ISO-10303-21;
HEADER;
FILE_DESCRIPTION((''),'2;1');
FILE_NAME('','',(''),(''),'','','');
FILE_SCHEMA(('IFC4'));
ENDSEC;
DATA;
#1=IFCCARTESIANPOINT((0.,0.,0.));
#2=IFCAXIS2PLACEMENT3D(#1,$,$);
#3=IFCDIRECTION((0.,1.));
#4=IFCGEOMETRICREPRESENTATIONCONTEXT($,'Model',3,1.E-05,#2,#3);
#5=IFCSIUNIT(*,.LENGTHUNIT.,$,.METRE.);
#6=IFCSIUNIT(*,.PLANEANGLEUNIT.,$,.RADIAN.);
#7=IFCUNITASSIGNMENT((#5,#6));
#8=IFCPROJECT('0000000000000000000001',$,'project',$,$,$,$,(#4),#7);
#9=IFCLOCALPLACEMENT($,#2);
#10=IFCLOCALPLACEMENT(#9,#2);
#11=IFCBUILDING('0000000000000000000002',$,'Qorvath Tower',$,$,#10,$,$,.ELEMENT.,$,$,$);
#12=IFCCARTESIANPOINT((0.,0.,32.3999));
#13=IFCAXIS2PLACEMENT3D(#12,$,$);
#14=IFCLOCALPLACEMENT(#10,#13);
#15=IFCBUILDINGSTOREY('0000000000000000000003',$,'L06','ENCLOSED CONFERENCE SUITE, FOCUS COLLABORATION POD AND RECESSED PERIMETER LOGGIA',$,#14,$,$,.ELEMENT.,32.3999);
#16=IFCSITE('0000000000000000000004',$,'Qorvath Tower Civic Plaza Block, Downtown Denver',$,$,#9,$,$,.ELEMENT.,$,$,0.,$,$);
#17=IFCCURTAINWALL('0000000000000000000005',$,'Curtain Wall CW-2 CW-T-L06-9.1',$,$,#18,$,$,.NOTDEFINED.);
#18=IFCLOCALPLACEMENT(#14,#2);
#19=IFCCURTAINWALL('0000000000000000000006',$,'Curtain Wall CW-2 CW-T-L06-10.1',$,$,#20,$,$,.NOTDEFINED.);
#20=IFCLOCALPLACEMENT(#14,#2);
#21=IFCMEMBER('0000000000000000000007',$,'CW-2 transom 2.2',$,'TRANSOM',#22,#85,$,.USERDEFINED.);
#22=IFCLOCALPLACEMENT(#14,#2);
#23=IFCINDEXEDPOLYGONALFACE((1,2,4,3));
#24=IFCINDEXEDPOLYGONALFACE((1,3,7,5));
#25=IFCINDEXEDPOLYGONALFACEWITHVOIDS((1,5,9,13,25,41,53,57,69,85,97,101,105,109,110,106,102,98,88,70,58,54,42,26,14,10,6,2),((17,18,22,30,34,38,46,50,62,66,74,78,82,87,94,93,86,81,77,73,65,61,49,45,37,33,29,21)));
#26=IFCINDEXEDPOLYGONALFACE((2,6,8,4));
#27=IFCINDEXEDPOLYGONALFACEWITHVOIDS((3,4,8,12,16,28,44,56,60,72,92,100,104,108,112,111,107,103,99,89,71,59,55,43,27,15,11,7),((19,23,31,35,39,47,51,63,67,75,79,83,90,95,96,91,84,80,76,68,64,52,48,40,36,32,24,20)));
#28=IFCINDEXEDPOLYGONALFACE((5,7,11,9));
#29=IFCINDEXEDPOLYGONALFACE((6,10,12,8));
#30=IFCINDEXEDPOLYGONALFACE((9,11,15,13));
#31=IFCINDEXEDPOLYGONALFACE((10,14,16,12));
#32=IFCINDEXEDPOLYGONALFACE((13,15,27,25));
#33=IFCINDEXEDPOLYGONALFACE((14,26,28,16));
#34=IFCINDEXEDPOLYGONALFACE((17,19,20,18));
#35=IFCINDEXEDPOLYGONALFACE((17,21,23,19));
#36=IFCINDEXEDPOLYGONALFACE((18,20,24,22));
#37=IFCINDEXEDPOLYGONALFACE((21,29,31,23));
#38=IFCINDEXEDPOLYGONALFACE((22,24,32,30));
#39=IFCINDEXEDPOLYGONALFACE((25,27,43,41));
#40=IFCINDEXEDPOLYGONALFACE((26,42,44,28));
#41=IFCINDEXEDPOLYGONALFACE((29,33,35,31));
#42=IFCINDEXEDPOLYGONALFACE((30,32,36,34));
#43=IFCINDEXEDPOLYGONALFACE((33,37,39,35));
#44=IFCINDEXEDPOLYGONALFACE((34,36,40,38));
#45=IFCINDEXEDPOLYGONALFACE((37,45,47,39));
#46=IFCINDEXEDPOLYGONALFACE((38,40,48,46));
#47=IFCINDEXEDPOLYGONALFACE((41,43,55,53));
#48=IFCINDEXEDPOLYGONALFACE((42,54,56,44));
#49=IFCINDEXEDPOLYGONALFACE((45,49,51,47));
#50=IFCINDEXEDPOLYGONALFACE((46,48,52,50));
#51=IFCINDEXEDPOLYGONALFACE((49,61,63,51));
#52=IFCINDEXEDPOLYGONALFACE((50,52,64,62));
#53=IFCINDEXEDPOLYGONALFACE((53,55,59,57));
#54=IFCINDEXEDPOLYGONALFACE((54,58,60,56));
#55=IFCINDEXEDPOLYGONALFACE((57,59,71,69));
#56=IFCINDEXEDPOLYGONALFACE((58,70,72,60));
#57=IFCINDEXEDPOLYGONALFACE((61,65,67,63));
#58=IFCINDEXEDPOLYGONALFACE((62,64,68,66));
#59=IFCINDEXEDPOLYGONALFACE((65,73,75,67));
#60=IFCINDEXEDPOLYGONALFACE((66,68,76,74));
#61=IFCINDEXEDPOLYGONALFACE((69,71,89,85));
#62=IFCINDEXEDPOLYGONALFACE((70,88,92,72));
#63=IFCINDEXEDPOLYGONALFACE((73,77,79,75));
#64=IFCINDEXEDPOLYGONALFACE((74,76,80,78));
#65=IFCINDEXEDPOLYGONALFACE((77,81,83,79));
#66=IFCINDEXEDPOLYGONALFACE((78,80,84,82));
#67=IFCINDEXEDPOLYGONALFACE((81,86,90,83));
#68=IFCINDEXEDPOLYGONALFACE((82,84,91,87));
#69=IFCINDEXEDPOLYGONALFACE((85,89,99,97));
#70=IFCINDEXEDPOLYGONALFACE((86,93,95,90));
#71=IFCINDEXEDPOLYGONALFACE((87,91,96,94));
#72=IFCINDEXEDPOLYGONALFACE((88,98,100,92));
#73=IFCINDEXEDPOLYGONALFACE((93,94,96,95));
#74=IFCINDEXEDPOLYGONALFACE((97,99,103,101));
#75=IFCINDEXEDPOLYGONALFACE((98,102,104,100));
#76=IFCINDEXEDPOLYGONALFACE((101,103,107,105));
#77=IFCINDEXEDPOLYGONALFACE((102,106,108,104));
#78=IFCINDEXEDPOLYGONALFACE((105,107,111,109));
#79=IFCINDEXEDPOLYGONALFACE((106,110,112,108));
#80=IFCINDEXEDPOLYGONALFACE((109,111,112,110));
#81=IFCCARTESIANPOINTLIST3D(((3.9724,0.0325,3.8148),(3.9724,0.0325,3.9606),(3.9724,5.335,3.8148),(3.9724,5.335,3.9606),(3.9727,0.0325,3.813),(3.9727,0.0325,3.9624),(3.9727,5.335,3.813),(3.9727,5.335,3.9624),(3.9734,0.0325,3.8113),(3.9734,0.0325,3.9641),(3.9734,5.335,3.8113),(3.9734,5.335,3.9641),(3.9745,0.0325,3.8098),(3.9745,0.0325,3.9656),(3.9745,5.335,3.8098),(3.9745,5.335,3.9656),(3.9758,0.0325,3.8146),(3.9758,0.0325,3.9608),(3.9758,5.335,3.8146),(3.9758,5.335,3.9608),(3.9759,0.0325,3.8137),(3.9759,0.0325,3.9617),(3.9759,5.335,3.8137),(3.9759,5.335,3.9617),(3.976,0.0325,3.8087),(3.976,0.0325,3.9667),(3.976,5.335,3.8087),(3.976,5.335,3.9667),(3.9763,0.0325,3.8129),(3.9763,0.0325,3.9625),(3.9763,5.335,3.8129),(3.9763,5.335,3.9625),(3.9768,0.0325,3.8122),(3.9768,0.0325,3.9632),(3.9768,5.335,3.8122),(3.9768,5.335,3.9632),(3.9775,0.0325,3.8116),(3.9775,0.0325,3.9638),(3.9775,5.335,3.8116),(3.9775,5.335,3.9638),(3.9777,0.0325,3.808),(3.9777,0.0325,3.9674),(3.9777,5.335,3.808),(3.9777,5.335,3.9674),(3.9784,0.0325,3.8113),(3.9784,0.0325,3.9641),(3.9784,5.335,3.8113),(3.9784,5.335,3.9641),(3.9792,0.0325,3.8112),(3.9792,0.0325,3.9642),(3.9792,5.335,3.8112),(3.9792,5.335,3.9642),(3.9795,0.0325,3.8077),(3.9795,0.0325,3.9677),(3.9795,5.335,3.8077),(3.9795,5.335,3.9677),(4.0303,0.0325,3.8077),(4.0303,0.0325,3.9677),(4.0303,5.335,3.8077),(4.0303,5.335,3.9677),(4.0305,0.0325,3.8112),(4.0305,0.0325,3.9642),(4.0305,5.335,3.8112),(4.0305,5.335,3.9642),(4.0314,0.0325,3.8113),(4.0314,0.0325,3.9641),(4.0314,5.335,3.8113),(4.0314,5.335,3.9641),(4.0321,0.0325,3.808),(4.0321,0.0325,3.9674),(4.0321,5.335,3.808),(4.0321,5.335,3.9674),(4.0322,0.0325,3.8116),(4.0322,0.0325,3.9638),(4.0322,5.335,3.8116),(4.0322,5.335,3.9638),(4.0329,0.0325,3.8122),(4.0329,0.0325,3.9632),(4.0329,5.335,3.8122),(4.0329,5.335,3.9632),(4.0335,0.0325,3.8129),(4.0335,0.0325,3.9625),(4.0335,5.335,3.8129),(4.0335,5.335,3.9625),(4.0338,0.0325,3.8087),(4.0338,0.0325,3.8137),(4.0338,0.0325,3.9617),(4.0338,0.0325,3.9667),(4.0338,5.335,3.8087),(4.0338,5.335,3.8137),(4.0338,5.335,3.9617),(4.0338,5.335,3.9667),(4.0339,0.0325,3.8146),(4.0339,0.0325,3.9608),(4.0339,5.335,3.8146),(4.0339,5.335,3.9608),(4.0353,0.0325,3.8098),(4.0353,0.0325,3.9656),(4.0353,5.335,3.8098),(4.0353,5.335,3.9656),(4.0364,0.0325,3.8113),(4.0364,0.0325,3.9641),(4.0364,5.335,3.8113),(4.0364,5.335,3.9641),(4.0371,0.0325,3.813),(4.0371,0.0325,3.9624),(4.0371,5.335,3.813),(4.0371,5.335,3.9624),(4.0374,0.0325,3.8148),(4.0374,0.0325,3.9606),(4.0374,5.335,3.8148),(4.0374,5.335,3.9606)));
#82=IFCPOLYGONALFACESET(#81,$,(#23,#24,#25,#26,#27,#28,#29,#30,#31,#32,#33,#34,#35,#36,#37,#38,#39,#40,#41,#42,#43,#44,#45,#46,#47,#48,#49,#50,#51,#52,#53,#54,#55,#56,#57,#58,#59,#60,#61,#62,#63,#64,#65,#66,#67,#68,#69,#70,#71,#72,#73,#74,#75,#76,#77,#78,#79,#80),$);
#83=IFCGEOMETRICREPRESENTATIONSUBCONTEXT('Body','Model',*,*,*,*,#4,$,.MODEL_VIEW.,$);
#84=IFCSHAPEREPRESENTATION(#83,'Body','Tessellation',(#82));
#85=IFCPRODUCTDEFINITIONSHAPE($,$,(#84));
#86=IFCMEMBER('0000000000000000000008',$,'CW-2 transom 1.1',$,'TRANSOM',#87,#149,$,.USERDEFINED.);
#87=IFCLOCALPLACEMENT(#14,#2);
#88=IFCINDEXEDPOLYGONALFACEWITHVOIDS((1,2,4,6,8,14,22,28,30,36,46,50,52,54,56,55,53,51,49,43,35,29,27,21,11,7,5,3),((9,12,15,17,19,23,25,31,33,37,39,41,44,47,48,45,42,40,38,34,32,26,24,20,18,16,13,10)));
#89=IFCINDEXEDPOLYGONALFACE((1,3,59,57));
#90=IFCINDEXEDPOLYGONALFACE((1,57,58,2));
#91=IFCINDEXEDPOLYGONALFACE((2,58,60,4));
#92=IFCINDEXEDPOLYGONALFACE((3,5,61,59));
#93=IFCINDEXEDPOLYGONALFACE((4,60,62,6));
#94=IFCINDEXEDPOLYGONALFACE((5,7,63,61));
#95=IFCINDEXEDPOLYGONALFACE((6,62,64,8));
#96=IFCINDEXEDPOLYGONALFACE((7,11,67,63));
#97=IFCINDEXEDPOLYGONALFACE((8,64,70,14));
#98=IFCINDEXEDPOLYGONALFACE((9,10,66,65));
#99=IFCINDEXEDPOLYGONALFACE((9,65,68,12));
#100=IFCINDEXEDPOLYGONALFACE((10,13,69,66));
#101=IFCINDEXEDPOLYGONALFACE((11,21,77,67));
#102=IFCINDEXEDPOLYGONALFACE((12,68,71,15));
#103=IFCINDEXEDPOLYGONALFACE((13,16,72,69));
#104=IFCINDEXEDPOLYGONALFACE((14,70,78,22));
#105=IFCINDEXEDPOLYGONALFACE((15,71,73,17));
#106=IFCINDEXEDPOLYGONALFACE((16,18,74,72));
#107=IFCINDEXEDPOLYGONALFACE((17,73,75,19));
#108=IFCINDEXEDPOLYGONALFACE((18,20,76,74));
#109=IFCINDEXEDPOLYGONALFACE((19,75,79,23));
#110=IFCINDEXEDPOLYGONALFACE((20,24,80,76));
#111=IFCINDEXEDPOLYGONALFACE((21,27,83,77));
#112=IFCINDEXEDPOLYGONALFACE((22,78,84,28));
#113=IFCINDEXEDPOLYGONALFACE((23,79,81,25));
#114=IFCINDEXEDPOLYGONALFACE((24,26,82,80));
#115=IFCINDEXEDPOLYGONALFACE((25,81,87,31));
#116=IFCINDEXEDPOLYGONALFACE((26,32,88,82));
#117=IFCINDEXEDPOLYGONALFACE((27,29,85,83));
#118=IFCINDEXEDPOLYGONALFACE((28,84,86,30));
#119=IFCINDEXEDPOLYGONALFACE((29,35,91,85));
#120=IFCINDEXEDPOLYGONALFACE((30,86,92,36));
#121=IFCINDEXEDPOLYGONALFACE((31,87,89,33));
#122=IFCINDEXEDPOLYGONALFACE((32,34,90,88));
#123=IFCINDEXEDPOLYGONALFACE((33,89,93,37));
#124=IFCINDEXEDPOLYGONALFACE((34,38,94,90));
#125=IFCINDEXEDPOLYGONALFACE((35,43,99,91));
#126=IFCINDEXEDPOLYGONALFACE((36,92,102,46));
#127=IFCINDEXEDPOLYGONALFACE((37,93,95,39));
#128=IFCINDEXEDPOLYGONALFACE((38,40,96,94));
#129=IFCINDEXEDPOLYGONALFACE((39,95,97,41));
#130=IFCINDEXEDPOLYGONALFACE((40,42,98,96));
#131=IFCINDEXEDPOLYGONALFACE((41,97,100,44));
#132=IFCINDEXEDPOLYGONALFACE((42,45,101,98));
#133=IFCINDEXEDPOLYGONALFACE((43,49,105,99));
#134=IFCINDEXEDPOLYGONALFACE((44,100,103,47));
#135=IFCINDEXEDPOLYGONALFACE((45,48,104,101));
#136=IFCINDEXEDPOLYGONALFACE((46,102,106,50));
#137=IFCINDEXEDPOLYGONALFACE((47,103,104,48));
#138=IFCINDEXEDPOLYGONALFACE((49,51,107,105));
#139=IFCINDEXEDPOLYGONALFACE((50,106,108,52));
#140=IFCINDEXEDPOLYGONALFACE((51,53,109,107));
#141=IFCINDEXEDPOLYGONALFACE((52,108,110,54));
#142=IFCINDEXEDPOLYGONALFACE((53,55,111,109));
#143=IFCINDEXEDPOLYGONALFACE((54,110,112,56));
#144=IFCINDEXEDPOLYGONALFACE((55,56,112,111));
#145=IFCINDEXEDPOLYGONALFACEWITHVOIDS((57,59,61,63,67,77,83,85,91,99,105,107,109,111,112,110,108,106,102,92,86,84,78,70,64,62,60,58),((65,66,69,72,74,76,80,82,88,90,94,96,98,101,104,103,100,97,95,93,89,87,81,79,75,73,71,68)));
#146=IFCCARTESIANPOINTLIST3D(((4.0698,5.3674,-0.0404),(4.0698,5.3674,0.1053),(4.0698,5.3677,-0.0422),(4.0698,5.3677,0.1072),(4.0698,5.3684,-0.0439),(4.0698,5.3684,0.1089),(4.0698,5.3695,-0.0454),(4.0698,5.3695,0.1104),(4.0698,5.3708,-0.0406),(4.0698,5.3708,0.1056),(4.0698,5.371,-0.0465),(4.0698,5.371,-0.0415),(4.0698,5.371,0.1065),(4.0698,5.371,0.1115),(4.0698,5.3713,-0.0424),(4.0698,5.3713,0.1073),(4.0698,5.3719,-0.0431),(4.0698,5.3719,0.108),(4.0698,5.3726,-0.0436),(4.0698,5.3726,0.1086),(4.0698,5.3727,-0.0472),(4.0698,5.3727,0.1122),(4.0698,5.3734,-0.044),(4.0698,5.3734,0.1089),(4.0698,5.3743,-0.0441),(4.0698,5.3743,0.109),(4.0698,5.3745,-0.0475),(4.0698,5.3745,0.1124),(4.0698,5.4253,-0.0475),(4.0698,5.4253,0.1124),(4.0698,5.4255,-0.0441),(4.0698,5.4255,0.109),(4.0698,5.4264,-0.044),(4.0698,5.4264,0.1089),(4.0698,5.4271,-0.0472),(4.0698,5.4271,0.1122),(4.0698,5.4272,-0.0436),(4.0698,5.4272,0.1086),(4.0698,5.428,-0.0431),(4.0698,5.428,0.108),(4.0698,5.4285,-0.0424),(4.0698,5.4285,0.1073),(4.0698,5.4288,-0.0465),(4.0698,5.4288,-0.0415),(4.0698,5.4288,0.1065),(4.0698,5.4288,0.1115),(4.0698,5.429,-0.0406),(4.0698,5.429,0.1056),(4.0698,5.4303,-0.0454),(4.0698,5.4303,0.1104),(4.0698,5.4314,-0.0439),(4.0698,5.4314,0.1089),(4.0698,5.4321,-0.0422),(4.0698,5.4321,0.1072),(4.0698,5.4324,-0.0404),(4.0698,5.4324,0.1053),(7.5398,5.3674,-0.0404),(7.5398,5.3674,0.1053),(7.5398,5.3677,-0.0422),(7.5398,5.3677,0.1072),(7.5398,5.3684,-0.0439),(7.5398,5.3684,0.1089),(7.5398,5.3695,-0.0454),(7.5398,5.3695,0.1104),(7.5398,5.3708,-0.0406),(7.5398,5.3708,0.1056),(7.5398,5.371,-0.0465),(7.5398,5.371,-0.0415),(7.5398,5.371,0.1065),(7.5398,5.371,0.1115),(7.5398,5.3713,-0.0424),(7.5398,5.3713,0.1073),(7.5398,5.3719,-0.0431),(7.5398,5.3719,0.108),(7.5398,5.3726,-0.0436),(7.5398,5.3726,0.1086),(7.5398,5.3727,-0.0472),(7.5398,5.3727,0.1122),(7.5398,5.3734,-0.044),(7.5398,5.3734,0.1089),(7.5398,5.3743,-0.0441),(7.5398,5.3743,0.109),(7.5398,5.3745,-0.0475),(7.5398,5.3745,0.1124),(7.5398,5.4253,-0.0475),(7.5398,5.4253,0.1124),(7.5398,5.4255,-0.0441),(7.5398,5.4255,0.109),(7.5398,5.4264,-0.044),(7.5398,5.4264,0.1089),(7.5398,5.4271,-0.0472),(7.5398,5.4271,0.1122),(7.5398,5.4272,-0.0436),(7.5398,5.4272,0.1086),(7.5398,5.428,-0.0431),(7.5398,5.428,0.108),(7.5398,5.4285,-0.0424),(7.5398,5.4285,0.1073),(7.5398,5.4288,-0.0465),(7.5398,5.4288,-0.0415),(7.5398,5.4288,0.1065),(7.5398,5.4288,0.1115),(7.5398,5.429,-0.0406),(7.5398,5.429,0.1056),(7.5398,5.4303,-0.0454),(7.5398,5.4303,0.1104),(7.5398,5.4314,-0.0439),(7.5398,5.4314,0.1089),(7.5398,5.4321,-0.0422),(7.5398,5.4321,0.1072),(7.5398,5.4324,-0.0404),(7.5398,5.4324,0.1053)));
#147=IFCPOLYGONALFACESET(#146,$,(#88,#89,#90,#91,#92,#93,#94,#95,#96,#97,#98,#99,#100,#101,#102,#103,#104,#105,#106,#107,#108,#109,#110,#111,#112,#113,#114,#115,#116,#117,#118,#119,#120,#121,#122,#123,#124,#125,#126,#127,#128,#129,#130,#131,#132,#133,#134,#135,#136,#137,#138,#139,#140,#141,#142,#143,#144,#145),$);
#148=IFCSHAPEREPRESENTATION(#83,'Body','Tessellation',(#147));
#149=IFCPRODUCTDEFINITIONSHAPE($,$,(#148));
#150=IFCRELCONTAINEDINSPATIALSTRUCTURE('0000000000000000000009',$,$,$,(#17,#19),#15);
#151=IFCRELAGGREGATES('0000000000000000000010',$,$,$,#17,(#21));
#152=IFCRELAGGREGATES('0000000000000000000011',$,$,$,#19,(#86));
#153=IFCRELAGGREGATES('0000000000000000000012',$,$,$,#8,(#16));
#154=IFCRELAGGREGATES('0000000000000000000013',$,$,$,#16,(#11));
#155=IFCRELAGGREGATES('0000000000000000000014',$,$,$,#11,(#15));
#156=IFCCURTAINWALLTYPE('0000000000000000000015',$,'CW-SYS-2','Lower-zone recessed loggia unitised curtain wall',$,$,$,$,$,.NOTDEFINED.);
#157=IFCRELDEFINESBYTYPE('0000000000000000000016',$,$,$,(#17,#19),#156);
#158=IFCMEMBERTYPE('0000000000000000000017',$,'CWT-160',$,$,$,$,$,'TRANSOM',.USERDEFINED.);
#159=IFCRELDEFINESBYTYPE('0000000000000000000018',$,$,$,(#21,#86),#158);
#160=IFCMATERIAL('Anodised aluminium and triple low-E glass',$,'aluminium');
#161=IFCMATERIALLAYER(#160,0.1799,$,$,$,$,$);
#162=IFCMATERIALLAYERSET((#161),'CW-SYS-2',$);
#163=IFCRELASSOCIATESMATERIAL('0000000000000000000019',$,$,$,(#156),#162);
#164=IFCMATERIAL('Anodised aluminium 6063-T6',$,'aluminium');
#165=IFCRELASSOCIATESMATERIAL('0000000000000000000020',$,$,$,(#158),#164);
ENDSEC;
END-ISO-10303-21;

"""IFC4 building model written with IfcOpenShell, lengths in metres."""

from ifc_helpers import new_model, si_unit, direction, frame, origin, origin_2d, place, context, subcontext, project, spatial, hollow_rectangle, extrude, material, layer, layer_set, material_profile, profile_set, type_object, element, aggregate, save


model = new_model("IFC4")

# Units and contexts
model_context = context("Model", 3, precision=1e-05, world=origin(), true_north=direction((0.0, 1.0)))
body_context = subcontext(model_context, "Body", "Model", "MODEL_VIEW")
ifc_project = project(units=[si_unit("LENGTHUNIT", "METRE"), si_unit("PLANEANGLEUNIT", "RADIAN")], contexts=[model_context])

# Site, building, storey
site_placement = place(None, origin())
site = spatial("IfcSite", under=ifc_project, at=site_placement, Name="Qorvath Tower Civic Plaza Block, Downtown Denver", CompositionType="ELEMENT", RefElevation=0.0)
building_placement = place(site_placement, origin())
building = spatial("IfcBuilding", under=site, at=building_placement, Name="Qorvath Tower", CompositionType="ELEMENT")
storey_placement = place(building_placement, frame((0.0, 0.0, 32.3999)))
storey = spatial("IfcBuildingStorey", under=building, at=storey_placement, Name="L06", Description="ENCLOSED CONFERENCE SUITE, FOCUS COLLABORATION POD AND RECESSED PERIMETER LOGGIA", CompositionType="ELEMENT", Elevation=32.3999)

# Curtain walls
ifc_material_1 = material(Name="Anodised aluminium and triple low-E glass", Category="aluminium")
ifc_layer_1 = layer(ifc_material_1, 0.1799)
ifc_layer_set_1 = layer_set([ifc_layer_1], Name="CW-SYS-2")
curtain_wall_type = type_object("IfcCurtainWallType", Name="CW-SYS-2", Description="Lower-zone recessed loggia unitised curtain wall", PredefinedType="NOTDEFINED", material=ifc_layer_set_1)
curtain_wall_1_placement = place(storey_placement, origin())
curtain_wall_1 = element("IfcCurtainWall", 1, at=curtain_wall_1_placement, inside=storey, type_object=curtain_wall_type, Name="Curtain Wall CW-2 CW-T-L06-9.1", PredefinedType="NOTDEFINED")
curtain_wall_2_placement = place(storey_placement, origin())
curtain_wall_2 = element("IfcCurtainWall", 2, at=curtain_wall_2_placement, inside=storey, type_object=curtain_wall_type, Name="Curtain Wall CW-2 CW-T-L06-10.1", PredefinedType="NOTDEFINED")

# Members
ifc_material_2 = material(Name="Anodised aluminium 6063-T6", Category="aluminium")
ifc_material_profile_1 = material_profile(ifc_material_2, hollow_rectangle(XDim=0.0649, YDim=0.1599, WallThickness=0.0034, InnerFilletRadius=0.0034, OuterFilletRadius=0.0071, at=origin_2d()), Name="CWT 160x65")
ifc_profile_set_1 = profile_set([ifc_material_profile_1], Name="Anodised aluminium 6063-T6")
member_type_1 = type_object("IfcMemberType", Name="CWT-160", ElementType="TRANSOM", PredefinedType="USERDEFINED", material=ifc_profile_set_1)
member_1_placement = place(storey_placement, frame((4.0049, 0.0325, 3.8877), z_axis=(0.0, 1.0, 0.0), x_axis=(-1.0, 0.0, 0.0)))
member_1 = element("IfcMember", 3, at=member_1_placement, type_object=member_type_1, Name="CW-2 transom 2.2", ObjectType="TRANSOM", PredefinedType="USERDEFINED", context=body_context, shape_type="SweptSolid", body=[
    extrude(hollow_rectangle(XDim=0.0649, YDim=0.1599, WallThickness=0.0034, InnerFilletRadius=0.0034, OuterFilletRadius=0.0071, at=origin_2d()), origin(), (0.0, 0.0, 1.0), 5.3025),
])
member_2_placement = place(storey_placement, frame((4.0698, 5.3999, 0.0325), z_axis=(1.0, 0.0, 0.0), x_axis=(0.0, 1.0, 0.0)))
member_2 = element("IfcMember", 4, at=member_2_placement, type_object=member_type_1, Name="CW-2 transom 1.1", ObjectType="TRANSOM", PredefinedType="USERDEFINED", context=body_context, shape_type="SweptSolid", body=[
    extrude(hollow_rectangle(XDim=0.0649, YDim=0.1599, WallThickness=0.0034, InnerFilletRadius=0.0034, OuterFilletRadius=0.0071, at=origin_2d()), origin(), (0.0, 0.0, 1.0), 3.47),
])

aggregate(curtain_wall_1, [member_1])
aggregate(curtain_wall_2, [member_2])

save(model, "model.ifc")
